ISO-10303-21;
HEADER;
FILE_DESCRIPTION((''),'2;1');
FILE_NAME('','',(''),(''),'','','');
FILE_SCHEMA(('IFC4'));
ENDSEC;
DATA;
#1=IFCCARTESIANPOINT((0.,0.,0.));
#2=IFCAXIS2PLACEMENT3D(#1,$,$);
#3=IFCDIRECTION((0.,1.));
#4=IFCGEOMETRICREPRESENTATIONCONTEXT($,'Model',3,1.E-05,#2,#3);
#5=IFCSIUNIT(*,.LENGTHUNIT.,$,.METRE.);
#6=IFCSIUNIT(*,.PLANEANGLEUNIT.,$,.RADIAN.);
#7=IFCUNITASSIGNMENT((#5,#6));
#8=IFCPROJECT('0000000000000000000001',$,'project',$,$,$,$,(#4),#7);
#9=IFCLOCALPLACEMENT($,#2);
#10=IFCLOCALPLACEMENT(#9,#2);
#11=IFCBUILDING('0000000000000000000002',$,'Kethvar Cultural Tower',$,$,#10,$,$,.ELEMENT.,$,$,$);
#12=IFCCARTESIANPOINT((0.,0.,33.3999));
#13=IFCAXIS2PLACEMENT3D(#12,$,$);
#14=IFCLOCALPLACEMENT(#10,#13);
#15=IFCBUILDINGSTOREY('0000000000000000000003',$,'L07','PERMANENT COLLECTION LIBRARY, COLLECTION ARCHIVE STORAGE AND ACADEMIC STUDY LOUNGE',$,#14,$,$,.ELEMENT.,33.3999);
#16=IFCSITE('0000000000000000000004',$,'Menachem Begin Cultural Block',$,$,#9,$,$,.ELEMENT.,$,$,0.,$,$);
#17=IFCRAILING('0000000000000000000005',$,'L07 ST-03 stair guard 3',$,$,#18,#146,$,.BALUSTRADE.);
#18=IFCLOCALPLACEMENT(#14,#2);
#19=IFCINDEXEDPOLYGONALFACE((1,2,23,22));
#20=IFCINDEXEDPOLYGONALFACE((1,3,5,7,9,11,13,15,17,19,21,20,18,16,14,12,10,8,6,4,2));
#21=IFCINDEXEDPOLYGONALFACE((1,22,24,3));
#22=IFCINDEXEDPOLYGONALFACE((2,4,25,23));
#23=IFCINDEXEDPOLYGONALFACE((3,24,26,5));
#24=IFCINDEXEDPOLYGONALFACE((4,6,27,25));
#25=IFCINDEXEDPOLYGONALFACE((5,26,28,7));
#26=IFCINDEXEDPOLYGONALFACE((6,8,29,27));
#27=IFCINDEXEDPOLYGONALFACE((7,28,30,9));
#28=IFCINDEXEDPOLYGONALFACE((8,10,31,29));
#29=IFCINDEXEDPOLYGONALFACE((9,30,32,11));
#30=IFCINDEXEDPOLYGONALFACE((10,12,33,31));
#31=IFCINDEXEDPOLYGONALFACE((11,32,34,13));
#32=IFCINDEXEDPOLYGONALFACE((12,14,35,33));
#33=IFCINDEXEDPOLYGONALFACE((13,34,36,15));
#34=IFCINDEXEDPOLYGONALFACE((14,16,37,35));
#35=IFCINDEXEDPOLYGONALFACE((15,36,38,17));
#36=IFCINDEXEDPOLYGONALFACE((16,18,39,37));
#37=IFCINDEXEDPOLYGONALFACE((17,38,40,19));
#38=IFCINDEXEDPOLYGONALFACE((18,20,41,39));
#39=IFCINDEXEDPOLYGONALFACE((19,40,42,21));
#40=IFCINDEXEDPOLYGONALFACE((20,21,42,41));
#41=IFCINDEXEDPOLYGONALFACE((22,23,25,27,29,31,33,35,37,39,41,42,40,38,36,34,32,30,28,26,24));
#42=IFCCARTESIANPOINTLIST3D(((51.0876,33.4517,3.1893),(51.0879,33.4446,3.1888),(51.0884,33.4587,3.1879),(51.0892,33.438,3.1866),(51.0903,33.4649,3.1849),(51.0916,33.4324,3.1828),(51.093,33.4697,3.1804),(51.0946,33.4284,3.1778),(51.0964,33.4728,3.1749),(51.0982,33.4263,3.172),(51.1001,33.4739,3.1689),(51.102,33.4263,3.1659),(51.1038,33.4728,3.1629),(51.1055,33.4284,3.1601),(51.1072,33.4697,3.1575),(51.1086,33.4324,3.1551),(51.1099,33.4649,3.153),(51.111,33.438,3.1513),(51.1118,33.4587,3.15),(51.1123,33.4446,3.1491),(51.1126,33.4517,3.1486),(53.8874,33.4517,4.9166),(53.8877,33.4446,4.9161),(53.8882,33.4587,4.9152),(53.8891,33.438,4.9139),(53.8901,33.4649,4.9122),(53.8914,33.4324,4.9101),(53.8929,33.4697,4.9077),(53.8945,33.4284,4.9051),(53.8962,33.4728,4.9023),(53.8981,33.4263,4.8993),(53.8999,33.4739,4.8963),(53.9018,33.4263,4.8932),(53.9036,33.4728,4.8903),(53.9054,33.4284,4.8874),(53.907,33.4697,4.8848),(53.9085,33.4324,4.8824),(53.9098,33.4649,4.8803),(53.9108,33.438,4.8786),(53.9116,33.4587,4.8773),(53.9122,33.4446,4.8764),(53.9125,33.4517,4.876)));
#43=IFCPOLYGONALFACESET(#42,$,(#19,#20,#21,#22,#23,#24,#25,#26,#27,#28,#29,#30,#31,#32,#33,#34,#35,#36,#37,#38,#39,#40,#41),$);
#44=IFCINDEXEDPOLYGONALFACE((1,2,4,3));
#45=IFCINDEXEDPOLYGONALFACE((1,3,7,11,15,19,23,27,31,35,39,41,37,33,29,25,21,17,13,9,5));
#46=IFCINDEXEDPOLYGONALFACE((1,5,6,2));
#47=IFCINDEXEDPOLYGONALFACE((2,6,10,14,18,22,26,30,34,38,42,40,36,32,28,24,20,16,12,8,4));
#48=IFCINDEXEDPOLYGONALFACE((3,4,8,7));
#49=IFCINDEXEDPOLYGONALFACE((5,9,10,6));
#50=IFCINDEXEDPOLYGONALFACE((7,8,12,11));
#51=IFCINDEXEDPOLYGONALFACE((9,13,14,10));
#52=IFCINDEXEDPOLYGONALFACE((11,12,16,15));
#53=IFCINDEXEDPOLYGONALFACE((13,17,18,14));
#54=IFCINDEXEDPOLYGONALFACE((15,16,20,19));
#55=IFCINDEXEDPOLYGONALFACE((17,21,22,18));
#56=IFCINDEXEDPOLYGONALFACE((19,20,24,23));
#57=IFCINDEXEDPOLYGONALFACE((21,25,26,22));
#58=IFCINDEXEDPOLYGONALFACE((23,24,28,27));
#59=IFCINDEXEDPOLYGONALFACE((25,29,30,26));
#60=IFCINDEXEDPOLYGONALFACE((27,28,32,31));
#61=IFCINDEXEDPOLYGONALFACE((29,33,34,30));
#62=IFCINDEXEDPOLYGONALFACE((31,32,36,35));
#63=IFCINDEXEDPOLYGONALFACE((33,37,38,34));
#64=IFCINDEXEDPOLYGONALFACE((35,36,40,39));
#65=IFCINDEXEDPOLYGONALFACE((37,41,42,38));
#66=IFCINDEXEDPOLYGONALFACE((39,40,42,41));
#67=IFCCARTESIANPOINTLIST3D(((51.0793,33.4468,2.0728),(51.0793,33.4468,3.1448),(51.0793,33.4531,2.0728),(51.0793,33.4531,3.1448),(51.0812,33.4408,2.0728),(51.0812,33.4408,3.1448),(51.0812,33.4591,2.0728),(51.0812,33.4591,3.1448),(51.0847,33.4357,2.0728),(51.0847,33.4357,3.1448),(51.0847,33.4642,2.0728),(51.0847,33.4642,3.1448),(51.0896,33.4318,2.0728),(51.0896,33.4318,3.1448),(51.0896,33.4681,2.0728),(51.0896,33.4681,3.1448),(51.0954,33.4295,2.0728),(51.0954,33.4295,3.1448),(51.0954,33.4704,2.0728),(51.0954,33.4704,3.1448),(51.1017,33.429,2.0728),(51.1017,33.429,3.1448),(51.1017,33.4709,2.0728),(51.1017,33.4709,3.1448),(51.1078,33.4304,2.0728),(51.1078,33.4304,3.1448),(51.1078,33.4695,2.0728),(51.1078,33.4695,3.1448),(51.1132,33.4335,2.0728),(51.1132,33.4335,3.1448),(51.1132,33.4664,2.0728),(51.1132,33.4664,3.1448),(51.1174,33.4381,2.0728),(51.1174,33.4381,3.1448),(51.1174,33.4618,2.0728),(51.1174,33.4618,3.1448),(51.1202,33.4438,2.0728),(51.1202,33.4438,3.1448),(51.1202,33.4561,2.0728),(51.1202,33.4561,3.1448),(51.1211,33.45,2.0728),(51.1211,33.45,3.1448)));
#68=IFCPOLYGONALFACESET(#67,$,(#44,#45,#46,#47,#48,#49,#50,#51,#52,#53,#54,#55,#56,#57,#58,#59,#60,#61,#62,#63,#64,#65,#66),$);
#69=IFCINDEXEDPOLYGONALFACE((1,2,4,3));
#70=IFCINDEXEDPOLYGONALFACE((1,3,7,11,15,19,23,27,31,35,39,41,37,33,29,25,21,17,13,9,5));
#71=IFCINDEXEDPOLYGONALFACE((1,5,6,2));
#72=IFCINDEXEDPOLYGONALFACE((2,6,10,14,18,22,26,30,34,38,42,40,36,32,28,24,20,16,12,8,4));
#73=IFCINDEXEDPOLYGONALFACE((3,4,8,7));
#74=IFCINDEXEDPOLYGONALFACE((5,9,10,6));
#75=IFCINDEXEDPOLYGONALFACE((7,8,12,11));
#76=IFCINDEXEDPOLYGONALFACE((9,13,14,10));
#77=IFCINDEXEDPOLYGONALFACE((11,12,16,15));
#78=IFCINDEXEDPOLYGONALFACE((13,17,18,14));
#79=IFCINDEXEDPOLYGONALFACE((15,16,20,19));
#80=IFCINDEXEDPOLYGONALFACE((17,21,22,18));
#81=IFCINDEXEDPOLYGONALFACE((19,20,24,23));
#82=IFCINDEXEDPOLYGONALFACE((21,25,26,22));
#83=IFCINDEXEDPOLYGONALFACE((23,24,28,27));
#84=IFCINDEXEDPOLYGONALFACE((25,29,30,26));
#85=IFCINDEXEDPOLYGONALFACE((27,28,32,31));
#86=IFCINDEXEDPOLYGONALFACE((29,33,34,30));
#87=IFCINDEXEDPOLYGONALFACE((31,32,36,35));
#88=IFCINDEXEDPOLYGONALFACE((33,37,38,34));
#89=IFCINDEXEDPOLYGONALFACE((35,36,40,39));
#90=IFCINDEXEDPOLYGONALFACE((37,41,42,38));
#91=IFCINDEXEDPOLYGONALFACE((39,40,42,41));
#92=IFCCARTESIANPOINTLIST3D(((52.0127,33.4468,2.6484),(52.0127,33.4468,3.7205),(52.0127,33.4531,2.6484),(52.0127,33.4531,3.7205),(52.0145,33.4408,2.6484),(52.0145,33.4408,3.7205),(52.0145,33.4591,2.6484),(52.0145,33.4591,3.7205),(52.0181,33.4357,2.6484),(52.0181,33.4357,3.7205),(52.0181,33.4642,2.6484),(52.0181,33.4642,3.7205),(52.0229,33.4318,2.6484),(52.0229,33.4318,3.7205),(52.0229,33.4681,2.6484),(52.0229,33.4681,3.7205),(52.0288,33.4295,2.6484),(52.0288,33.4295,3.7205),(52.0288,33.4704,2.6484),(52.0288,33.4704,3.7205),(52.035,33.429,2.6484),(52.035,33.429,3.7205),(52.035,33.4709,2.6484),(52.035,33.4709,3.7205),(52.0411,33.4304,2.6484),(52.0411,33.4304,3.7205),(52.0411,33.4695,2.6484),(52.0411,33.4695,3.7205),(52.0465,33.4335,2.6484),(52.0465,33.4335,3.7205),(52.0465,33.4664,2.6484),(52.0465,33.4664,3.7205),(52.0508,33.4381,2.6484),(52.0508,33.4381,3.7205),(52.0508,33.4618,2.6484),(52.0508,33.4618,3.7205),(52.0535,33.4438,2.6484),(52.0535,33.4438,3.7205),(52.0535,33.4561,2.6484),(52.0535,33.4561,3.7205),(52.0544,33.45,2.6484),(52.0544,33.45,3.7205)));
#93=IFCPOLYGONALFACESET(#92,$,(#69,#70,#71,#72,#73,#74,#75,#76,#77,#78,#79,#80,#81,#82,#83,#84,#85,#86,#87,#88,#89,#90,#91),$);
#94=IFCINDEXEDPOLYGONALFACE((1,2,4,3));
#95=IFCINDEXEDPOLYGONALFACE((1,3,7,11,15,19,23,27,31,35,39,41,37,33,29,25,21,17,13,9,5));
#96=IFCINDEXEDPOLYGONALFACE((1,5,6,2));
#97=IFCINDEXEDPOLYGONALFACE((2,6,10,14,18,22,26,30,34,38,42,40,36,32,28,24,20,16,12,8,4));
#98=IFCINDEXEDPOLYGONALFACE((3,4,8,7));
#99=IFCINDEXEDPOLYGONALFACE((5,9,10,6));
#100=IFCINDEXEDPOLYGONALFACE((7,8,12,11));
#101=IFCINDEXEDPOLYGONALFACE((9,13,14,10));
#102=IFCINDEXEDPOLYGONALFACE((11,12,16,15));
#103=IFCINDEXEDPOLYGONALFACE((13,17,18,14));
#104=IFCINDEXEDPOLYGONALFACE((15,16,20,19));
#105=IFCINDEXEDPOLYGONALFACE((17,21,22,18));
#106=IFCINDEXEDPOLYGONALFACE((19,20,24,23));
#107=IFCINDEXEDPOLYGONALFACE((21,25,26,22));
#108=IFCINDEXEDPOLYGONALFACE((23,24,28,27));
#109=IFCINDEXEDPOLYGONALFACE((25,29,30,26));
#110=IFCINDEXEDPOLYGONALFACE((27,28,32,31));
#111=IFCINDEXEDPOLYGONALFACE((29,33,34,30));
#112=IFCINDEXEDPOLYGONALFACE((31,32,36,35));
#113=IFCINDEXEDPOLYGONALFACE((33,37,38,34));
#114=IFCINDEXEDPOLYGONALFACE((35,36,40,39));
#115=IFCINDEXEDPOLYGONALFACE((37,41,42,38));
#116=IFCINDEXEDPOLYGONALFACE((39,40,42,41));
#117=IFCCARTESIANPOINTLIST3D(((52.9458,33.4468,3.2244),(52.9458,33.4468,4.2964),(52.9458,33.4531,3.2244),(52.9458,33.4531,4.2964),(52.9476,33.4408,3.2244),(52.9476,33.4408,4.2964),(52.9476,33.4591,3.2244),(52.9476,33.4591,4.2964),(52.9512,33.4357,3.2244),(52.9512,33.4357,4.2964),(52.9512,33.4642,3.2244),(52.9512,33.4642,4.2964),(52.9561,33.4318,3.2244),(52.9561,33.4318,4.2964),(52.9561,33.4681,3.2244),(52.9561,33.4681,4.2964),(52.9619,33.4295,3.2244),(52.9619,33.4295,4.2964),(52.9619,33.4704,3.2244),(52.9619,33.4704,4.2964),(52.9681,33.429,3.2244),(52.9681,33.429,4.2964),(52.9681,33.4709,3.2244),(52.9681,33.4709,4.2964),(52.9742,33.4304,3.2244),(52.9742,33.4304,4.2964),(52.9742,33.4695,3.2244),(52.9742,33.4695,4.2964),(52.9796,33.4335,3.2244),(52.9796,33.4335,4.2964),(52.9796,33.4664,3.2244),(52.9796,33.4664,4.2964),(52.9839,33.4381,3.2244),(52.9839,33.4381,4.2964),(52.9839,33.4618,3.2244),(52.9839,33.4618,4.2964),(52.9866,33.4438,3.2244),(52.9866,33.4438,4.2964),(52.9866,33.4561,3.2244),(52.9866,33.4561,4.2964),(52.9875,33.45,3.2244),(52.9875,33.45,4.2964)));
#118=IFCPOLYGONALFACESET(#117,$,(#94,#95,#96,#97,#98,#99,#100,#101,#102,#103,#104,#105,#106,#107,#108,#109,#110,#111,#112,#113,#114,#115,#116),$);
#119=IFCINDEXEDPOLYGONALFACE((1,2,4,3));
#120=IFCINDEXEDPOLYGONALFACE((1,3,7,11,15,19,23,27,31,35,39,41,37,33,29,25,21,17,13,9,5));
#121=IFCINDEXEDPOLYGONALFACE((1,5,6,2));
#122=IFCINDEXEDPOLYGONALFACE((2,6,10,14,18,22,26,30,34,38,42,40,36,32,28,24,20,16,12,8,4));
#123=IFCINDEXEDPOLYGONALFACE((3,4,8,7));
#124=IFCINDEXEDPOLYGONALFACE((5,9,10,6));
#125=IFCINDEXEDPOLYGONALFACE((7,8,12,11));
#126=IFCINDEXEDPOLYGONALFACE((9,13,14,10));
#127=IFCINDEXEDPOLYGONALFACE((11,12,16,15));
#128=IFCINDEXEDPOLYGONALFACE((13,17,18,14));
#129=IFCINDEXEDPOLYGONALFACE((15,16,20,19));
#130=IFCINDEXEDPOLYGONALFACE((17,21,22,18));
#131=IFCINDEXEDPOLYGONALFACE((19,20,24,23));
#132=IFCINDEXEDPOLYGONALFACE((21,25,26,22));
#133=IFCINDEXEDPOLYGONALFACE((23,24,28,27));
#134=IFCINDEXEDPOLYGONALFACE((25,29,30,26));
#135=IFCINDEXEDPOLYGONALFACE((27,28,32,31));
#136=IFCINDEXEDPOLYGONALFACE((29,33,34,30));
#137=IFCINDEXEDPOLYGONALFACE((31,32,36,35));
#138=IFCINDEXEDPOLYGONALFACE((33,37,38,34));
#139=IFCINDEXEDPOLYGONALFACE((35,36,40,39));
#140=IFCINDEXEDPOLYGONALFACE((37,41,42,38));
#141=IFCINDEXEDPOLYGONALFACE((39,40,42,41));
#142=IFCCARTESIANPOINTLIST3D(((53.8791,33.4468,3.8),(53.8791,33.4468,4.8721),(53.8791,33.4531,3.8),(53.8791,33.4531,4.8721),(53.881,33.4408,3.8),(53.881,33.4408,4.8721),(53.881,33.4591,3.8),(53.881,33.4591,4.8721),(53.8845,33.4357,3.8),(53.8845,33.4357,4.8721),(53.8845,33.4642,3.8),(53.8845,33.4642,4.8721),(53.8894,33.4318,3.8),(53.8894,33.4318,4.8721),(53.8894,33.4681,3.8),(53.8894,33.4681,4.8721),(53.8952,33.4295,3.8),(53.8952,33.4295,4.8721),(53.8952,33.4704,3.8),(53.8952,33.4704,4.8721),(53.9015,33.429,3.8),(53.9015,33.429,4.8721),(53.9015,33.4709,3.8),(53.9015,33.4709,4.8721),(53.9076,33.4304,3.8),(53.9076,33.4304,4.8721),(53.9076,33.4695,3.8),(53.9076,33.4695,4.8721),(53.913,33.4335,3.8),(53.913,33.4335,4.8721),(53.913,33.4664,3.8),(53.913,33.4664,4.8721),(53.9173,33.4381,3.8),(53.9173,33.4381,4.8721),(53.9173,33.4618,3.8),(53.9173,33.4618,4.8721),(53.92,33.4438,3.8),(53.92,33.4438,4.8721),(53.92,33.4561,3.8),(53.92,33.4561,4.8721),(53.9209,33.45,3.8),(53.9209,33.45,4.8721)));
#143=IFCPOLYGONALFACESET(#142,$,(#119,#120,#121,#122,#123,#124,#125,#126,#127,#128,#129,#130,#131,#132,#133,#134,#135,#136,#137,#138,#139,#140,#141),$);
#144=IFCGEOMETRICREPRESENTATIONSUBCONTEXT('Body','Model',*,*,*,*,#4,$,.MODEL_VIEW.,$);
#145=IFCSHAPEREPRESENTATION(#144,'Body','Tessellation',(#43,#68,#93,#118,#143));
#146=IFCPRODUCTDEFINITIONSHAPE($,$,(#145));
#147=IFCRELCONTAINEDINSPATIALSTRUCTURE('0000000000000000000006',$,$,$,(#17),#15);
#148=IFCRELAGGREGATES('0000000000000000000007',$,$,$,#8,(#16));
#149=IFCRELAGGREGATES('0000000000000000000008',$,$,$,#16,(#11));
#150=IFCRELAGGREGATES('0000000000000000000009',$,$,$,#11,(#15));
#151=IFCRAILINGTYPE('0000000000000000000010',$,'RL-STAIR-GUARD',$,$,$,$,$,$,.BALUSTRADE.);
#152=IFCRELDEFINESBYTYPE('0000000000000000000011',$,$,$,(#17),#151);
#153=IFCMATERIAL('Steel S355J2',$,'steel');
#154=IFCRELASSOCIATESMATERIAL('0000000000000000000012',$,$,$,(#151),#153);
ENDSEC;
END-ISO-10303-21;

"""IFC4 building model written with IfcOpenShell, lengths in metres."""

from ifc_helpers import new_model, si_unit, direction, frame, origin, origin_2d, place, context, subcontext, project, spatial, circle, extrude, material, type_object, element, save


model = new_model("IFC4")

# Units and contexts
model_context = context("Model", 3, precision=1e-05, world=origin(), true_north=direction((0.0, 1.0)))
body_context = subcontext(model_context, "Body", "Model", "MODEL_VIEW")
ifc_project = project(units=[si_unit("LENGTHUNIT", "METRE"), si_unit("PLANEANGLEUNIT", "RADIAN")], contexts=[model_context])

# Site, building, storey
site_placement = place(None, origin())
site = spatial("IfcSite", under=ifc_project, at=site_placement, Name="Menachem Begin Cultural Block", CompositionType="ELEMENT", RefElevation=0.0)
building_placement = place(site_placement, origin())
building = spatial("IfcBuilding", under=site, at=building_placement, Name="Kethvar Cultural Tower", CompositionType="ELEMENT")
storey_placement = place(building_placement, frame((0.0, 0.0, 33.3999)))
storey = spatial("IfcBuildingStorey", under=building, at=storey_placement, Name="L07", Description="PERMANENT COLLECTION LIBRARY, COLLECTION ARCHIVE STORAGE AND ACADEMIC STUDY LOUNGE", CompositionType="ELEMENT", Elevation=33.3999)

# Shared definitions
ifc_material_1 = material(Name="Steel S355J2", Category="steel")

# Railing
railing_type_1 = type_object("IfcRailingType", Name="RL-STAIR-GUARD", PredefinedType="BALUSTRADE", material=ifc_material_1)
railing_1_placement = place(storey_placement, frame((51.1001, 33.45, 2.0728)))
element("IfcRailing", 1, at=railing_1_placement, inside=storey, type_object=railing_type_1, Name="L07 ST-03 stair guard 3", PredefinedType="BALUSTRADE", context=body_context, shape_type="SweptSolid", body=[
    extrude(circle(Radius=0.0239, at=origin_2d()), frame((0.0, 0.0, 1.0962), z_axis=(0.851069, 0.0, 0.525054), x_axis=(0.0, 1.0, 0.0)), (0.0, 0.0, 1.0), 3.2898),
    extrude(circle(Radius=0.021, at=origin_2d()), origin(), (0.0, 0.0, 1.0), 1.072),
    extrude(circle(Radius=0.021, at=origin_2d()), frame((0.9333, 0.0, 0.5757)), (0.0, 0.0, 1.0), 1.072),
    extrude(circle(Radius=0.021, at=origin_2d()), frame((1.8665, 0.0, 1.1516)), (0.0, 0.0, 1.0), 1.072),
    extrude(circle(Radius=0.021, at=origin_2d()), frame((2.7998, 0.0, 1.7273)), (0.0, 0.0, 1.0), 1.072),
])

save(model, "model.ifc")
